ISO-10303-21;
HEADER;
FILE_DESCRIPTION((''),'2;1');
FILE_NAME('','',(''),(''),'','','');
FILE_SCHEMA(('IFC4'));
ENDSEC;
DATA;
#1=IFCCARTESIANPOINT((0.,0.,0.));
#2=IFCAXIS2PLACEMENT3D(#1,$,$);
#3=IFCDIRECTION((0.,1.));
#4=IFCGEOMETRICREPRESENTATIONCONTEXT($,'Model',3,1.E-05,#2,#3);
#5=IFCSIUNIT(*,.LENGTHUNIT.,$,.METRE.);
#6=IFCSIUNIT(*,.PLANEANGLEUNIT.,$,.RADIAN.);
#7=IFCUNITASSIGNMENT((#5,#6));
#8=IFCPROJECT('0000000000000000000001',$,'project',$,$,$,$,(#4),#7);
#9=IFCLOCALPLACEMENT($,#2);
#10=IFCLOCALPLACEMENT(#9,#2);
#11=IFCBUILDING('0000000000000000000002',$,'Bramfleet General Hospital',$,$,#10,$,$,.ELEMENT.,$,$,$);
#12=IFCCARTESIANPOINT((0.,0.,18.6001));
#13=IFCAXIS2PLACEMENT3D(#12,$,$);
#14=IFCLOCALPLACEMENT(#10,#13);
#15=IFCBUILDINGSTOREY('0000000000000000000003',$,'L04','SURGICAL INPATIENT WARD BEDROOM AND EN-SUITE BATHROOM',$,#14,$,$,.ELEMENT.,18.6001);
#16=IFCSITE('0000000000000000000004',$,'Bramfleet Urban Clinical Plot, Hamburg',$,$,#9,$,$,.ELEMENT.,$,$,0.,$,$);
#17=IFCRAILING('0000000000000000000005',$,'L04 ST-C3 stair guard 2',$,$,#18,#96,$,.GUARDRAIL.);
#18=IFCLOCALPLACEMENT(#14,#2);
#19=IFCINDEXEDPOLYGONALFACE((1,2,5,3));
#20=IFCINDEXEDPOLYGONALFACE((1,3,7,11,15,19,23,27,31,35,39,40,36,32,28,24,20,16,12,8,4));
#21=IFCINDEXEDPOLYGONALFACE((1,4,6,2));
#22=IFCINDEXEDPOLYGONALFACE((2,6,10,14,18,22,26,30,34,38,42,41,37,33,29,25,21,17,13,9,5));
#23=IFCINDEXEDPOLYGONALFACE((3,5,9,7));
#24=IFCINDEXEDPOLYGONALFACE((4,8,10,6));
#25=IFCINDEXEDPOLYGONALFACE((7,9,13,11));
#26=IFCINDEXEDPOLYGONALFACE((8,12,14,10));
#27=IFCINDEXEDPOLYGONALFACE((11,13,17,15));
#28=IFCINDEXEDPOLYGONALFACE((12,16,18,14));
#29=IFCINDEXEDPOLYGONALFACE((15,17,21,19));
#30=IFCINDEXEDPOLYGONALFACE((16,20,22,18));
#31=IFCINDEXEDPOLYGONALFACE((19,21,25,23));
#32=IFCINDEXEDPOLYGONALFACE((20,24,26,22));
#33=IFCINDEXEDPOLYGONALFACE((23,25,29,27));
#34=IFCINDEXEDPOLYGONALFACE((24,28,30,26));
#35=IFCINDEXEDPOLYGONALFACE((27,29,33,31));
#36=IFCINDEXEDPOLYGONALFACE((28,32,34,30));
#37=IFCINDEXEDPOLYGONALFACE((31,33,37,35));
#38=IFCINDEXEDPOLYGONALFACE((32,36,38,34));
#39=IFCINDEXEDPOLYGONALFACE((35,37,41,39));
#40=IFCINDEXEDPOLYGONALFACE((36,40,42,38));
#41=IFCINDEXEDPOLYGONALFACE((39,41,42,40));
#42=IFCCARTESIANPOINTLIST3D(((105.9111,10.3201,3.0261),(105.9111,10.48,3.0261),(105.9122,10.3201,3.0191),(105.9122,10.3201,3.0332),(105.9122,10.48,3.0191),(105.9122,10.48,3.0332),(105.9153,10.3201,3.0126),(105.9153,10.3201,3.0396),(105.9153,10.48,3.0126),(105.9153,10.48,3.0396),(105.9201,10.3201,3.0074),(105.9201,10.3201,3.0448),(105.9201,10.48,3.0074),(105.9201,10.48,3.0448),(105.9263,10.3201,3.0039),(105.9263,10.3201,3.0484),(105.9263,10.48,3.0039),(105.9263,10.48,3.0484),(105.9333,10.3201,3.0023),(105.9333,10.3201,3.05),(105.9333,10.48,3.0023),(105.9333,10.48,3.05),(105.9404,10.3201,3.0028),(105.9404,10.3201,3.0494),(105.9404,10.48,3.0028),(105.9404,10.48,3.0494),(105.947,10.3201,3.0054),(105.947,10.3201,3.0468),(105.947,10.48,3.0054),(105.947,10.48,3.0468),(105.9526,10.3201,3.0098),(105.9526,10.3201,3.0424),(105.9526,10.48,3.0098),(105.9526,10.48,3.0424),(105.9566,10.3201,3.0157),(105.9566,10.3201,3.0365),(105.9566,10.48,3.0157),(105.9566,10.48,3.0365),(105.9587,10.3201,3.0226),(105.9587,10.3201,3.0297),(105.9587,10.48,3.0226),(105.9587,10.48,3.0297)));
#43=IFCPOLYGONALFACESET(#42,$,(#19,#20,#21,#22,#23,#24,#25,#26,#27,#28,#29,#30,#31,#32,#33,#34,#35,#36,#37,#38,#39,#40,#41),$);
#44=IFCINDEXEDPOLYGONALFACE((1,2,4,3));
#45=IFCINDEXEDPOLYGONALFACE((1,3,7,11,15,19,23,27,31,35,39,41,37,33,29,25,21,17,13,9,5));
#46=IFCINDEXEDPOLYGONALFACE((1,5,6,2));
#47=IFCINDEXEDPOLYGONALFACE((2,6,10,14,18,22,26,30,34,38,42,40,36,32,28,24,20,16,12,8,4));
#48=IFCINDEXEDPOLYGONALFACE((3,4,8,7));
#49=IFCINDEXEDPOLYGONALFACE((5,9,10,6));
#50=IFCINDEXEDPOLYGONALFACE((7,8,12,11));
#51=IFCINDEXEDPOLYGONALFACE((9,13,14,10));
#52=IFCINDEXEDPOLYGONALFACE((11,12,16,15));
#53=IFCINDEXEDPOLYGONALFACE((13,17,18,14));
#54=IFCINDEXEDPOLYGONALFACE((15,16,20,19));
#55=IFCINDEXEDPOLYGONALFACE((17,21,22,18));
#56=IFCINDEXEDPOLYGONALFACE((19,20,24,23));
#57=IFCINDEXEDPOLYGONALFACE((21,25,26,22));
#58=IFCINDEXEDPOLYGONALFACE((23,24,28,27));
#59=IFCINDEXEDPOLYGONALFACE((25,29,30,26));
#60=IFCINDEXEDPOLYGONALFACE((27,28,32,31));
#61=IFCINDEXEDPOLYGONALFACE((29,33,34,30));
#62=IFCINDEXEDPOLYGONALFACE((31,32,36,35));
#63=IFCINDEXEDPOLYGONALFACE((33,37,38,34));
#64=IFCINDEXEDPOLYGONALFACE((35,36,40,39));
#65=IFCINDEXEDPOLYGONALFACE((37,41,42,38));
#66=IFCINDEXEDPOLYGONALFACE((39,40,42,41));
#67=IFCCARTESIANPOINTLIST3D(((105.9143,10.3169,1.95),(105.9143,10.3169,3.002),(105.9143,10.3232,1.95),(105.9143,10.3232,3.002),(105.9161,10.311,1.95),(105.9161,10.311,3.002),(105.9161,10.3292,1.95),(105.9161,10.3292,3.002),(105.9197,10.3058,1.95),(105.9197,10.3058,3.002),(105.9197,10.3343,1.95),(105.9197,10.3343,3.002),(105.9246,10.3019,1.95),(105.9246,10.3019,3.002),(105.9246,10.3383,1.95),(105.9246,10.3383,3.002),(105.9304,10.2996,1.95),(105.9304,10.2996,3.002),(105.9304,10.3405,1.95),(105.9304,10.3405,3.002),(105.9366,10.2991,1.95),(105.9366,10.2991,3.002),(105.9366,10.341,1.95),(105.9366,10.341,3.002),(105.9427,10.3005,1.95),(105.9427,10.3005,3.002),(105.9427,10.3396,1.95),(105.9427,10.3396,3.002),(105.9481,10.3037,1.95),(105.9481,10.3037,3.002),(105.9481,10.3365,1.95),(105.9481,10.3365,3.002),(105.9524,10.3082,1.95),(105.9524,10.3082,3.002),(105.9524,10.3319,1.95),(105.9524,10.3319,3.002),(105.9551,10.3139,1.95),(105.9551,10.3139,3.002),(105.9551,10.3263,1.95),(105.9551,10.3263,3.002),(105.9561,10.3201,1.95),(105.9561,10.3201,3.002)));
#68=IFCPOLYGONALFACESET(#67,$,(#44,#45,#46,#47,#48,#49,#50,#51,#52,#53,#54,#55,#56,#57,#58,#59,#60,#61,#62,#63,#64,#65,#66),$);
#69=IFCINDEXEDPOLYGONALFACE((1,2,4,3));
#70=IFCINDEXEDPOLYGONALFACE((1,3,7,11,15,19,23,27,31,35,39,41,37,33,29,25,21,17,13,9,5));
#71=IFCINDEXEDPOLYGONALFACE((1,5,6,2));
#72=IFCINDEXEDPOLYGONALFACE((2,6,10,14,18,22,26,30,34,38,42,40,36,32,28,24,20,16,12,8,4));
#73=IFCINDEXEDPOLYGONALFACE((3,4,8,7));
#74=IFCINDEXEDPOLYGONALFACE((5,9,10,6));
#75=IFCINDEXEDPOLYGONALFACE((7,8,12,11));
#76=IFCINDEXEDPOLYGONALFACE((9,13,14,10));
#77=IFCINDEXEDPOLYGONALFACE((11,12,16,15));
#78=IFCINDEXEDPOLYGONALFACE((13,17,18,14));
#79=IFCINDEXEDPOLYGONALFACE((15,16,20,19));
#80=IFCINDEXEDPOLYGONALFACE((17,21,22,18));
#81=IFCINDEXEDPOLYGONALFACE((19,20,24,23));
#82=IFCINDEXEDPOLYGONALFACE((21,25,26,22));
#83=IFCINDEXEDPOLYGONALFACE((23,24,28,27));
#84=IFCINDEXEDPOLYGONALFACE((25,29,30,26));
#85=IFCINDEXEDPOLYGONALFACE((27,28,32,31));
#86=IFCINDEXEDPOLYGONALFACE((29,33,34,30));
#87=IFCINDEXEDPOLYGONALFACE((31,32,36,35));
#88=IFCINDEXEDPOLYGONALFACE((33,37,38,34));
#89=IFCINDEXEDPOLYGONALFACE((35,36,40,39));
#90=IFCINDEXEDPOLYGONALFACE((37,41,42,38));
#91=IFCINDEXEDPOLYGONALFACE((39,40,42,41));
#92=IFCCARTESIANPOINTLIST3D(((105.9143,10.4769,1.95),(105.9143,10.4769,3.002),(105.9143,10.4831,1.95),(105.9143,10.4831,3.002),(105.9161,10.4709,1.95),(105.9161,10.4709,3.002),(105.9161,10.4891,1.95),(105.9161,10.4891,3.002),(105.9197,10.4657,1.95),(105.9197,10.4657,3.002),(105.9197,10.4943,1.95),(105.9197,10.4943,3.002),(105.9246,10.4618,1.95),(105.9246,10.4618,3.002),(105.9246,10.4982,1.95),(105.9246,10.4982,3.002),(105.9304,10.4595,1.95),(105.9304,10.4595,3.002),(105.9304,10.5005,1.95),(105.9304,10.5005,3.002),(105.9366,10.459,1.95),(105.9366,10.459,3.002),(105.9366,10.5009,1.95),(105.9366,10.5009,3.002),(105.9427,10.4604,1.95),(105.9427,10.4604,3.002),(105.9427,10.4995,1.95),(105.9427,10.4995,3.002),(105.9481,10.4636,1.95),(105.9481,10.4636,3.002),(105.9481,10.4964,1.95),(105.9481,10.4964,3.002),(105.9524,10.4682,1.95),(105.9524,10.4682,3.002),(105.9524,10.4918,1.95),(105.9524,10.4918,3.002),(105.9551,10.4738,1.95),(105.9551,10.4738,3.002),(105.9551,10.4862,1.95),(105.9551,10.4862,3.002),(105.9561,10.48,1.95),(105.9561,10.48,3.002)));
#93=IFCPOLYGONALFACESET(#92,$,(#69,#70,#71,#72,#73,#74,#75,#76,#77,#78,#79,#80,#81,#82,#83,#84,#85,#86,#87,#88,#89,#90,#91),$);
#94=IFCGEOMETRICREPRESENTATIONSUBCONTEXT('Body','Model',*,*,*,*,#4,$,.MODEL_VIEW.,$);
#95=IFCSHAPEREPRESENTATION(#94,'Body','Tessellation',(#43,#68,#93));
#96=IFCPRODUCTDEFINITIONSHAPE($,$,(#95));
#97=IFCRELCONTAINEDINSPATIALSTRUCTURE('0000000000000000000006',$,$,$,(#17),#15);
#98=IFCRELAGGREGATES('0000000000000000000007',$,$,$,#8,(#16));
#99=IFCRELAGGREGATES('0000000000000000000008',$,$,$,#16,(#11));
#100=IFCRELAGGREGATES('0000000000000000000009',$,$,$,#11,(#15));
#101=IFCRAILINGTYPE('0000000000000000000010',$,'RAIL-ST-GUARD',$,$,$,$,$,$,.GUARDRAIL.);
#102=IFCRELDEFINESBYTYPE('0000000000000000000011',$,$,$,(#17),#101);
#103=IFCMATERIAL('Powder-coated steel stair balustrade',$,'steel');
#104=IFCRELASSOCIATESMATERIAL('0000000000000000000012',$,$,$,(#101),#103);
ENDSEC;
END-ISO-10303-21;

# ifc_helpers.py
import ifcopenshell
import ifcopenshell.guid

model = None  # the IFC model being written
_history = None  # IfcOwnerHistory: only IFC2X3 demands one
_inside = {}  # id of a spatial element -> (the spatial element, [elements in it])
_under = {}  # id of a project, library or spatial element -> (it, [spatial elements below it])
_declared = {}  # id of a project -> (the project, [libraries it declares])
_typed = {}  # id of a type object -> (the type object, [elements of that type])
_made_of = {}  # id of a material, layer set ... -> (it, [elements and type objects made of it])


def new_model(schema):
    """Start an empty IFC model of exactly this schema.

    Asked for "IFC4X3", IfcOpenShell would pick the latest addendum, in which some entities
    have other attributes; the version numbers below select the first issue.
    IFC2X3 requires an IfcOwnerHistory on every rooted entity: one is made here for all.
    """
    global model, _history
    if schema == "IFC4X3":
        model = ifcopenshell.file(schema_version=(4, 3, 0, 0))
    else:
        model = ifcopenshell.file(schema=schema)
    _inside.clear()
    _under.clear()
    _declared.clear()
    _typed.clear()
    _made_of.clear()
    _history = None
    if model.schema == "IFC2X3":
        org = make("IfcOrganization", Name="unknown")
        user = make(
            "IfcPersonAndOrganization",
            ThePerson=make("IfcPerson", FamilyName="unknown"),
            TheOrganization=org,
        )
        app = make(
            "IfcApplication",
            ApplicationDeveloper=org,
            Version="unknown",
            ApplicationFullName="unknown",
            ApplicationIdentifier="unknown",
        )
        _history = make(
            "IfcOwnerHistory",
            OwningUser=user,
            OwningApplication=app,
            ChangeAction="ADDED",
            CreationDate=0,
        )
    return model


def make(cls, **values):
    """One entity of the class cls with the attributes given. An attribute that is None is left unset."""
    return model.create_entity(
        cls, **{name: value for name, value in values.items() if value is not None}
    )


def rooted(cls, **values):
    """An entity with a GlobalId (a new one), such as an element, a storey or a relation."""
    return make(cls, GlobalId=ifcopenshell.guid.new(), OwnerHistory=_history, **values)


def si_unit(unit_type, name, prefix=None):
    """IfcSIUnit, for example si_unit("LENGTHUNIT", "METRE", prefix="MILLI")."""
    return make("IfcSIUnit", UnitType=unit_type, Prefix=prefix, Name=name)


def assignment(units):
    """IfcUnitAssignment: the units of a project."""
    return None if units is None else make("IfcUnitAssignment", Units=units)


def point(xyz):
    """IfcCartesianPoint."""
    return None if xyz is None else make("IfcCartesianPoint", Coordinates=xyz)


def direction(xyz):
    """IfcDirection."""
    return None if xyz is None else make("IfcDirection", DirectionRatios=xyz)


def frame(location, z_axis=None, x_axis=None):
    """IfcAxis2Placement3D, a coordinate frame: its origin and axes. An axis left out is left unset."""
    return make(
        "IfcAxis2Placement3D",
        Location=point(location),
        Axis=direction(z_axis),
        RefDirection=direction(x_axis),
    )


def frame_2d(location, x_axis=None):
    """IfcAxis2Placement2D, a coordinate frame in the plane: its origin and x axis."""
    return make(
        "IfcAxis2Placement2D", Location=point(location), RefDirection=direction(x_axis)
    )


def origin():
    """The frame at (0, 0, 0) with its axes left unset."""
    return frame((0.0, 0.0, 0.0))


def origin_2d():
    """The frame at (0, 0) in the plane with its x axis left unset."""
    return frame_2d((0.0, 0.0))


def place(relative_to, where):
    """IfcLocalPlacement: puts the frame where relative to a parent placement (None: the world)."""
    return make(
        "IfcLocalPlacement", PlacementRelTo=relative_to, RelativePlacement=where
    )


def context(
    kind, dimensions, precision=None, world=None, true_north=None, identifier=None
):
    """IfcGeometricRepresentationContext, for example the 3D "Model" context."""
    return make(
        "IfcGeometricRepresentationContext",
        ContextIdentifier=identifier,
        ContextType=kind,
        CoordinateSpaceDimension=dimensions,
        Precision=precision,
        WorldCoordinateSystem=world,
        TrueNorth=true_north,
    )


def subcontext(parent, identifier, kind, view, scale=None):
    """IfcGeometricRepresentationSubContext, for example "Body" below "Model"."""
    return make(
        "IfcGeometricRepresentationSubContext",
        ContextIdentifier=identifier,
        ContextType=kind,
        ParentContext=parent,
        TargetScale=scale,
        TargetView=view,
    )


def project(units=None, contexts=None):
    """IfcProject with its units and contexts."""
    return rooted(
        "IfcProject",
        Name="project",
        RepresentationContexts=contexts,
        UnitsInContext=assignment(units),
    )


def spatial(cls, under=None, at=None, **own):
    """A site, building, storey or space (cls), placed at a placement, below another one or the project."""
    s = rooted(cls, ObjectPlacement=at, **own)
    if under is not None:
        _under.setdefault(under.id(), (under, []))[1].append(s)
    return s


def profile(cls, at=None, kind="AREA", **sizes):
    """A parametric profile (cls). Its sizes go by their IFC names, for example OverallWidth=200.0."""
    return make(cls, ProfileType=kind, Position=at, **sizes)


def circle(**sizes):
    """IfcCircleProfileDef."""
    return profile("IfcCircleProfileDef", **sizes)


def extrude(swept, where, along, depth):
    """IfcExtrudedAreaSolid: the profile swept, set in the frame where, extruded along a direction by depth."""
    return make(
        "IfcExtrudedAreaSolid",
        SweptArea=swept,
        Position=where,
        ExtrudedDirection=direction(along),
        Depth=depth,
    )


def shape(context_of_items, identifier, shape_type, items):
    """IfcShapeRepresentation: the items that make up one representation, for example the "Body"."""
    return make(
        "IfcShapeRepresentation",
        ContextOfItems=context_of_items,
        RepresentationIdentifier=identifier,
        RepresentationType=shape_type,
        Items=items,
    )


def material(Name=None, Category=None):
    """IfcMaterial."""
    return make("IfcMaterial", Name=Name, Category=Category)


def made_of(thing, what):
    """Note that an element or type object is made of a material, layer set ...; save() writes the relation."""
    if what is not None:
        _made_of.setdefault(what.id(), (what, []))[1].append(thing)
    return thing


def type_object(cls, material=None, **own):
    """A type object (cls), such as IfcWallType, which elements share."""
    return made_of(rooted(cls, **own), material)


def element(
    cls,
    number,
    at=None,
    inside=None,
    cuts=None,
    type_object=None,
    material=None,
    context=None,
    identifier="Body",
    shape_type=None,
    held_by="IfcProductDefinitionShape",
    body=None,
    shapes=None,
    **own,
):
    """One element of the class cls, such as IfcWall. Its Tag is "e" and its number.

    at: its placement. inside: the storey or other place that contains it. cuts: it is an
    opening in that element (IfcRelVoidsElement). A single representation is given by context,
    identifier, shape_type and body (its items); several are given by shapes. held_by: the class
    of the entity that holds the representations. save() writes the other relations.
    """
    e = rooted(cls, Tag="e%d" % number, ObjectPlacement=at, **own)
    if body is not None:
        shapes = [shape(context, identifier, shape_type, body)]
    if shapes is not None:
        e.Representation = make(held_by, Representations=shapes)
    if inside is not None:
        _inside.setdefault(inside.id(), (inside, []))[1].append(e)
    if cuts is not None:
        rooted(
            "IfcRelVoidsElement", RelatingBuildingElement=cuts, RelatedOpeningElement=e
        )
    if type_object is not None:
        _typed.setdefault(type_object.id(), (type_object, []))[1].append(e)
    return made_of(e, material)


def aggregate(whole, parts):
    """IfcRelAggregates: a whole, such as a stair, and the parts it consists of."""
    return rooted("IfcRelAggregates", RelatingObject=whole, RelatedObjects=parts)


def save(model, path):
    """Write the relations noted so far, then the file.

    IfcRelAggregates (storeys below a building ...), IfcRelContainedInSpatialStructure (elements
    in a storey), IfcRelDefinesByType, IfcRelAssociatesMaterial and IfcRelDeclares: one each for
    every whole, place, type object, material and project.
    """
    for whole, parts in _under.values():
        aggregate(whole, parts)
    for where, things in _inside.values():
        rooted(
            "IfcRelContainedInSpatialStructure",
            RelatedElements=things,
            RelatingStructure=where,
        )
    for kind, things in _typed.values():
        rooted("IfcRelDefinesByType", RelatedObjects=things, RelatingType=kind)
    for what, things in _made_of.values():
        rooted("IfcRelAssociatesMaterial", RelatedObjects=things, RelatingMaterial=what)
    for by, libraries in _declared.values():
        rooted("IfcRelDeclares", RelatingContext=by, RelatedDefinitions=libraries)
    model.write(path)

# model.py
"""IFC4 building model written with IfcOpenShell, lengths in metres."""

from ifc_helpers import new_model, si_unit, direction, frame, origin, origin_2d, place, context, subcontext, project, spatial, circle, extrude, material, type_object, element, save


model = new_model("IFC4")

# Units and contexts
model_context = context("Model", 3, precision=1e-05, world=origin(), true_north=direction((0.0, 1.0)))
body_context = subcontext(model_context, "Body", "Model", "MODEL_VIEW")
ifc_project = project(units=[si_unit("LENGTHUNIT", "METRE"), si_unit("PLANEANGLEUNIT", "RADIAN")], contexts=[model_context])

# Site, building, storey
site_placement = place(None, origin())
site = spatial("IfcSite", under=ifc_project, at=site_placement, Name="Bramfleet Urban Clinical Plot, Hamburg", CompositionType="ELEMENT", RefElevation=0.0)
building_placement = place(site_placement, origin())
building = spatial("IfcBuilding", under=site, at=building_placement, Name="Bramfleet General Hospital", CompositionType="ELEMENT")
storey_placement = place(building_placement, frame((0.0, 0.0, 18.6001)))
storey = spatial("IfcBuildingStorey", under=building, at=storey_placement, Name="L04", Description="SURGICAL INPATIENT WARD BEDROOM AND EN-SUITE BATHROOM", CompositionType="ELEMENT", Elevation=18.6001)

# Railing
ifc_material_1 = material(Name="Powder-coated steel stair balustrade", Category="steel")
railing_type_1 = type_object("IfcRailingType", Name="RAIL-ST-GUARD", PredefinedType="GUARDRAIL", material=ifc_material_1)
railing_1_placement = place(storey_placement, frame((105.9351, 10.3201, 1.95)))
element("IfcRailing", 1, at=railing_1_placement, inside=storey, type_object=railing_type_1, Name="L04 ST-C3 stair guard 2", PredefinedType="GUARDRAIL", context=body_context, shape_type="SweptSolid", body=[
    extrude(circle(Radius=0.0239, at=origin_2d()), frame((0.0, 0.0, 1.0762), z_axis=(0.0, 1.0, 0.0), x_axis=(-1.0, 0.0, 0.0)), (0.0, 0.0, 1.0), 0.1599),
    extrude(circle(Radius=0.021, at=origin_2d()), origin(), (0.0, 0.0, 1.0), 1.052),
    extrude(circle(Radius=0.021, at=origin_2d()), frame((0.0, 0.1599, 0.0)), (0.0, 0.0, 1.0), 1.052),
])

save(model, "model.ifc")
